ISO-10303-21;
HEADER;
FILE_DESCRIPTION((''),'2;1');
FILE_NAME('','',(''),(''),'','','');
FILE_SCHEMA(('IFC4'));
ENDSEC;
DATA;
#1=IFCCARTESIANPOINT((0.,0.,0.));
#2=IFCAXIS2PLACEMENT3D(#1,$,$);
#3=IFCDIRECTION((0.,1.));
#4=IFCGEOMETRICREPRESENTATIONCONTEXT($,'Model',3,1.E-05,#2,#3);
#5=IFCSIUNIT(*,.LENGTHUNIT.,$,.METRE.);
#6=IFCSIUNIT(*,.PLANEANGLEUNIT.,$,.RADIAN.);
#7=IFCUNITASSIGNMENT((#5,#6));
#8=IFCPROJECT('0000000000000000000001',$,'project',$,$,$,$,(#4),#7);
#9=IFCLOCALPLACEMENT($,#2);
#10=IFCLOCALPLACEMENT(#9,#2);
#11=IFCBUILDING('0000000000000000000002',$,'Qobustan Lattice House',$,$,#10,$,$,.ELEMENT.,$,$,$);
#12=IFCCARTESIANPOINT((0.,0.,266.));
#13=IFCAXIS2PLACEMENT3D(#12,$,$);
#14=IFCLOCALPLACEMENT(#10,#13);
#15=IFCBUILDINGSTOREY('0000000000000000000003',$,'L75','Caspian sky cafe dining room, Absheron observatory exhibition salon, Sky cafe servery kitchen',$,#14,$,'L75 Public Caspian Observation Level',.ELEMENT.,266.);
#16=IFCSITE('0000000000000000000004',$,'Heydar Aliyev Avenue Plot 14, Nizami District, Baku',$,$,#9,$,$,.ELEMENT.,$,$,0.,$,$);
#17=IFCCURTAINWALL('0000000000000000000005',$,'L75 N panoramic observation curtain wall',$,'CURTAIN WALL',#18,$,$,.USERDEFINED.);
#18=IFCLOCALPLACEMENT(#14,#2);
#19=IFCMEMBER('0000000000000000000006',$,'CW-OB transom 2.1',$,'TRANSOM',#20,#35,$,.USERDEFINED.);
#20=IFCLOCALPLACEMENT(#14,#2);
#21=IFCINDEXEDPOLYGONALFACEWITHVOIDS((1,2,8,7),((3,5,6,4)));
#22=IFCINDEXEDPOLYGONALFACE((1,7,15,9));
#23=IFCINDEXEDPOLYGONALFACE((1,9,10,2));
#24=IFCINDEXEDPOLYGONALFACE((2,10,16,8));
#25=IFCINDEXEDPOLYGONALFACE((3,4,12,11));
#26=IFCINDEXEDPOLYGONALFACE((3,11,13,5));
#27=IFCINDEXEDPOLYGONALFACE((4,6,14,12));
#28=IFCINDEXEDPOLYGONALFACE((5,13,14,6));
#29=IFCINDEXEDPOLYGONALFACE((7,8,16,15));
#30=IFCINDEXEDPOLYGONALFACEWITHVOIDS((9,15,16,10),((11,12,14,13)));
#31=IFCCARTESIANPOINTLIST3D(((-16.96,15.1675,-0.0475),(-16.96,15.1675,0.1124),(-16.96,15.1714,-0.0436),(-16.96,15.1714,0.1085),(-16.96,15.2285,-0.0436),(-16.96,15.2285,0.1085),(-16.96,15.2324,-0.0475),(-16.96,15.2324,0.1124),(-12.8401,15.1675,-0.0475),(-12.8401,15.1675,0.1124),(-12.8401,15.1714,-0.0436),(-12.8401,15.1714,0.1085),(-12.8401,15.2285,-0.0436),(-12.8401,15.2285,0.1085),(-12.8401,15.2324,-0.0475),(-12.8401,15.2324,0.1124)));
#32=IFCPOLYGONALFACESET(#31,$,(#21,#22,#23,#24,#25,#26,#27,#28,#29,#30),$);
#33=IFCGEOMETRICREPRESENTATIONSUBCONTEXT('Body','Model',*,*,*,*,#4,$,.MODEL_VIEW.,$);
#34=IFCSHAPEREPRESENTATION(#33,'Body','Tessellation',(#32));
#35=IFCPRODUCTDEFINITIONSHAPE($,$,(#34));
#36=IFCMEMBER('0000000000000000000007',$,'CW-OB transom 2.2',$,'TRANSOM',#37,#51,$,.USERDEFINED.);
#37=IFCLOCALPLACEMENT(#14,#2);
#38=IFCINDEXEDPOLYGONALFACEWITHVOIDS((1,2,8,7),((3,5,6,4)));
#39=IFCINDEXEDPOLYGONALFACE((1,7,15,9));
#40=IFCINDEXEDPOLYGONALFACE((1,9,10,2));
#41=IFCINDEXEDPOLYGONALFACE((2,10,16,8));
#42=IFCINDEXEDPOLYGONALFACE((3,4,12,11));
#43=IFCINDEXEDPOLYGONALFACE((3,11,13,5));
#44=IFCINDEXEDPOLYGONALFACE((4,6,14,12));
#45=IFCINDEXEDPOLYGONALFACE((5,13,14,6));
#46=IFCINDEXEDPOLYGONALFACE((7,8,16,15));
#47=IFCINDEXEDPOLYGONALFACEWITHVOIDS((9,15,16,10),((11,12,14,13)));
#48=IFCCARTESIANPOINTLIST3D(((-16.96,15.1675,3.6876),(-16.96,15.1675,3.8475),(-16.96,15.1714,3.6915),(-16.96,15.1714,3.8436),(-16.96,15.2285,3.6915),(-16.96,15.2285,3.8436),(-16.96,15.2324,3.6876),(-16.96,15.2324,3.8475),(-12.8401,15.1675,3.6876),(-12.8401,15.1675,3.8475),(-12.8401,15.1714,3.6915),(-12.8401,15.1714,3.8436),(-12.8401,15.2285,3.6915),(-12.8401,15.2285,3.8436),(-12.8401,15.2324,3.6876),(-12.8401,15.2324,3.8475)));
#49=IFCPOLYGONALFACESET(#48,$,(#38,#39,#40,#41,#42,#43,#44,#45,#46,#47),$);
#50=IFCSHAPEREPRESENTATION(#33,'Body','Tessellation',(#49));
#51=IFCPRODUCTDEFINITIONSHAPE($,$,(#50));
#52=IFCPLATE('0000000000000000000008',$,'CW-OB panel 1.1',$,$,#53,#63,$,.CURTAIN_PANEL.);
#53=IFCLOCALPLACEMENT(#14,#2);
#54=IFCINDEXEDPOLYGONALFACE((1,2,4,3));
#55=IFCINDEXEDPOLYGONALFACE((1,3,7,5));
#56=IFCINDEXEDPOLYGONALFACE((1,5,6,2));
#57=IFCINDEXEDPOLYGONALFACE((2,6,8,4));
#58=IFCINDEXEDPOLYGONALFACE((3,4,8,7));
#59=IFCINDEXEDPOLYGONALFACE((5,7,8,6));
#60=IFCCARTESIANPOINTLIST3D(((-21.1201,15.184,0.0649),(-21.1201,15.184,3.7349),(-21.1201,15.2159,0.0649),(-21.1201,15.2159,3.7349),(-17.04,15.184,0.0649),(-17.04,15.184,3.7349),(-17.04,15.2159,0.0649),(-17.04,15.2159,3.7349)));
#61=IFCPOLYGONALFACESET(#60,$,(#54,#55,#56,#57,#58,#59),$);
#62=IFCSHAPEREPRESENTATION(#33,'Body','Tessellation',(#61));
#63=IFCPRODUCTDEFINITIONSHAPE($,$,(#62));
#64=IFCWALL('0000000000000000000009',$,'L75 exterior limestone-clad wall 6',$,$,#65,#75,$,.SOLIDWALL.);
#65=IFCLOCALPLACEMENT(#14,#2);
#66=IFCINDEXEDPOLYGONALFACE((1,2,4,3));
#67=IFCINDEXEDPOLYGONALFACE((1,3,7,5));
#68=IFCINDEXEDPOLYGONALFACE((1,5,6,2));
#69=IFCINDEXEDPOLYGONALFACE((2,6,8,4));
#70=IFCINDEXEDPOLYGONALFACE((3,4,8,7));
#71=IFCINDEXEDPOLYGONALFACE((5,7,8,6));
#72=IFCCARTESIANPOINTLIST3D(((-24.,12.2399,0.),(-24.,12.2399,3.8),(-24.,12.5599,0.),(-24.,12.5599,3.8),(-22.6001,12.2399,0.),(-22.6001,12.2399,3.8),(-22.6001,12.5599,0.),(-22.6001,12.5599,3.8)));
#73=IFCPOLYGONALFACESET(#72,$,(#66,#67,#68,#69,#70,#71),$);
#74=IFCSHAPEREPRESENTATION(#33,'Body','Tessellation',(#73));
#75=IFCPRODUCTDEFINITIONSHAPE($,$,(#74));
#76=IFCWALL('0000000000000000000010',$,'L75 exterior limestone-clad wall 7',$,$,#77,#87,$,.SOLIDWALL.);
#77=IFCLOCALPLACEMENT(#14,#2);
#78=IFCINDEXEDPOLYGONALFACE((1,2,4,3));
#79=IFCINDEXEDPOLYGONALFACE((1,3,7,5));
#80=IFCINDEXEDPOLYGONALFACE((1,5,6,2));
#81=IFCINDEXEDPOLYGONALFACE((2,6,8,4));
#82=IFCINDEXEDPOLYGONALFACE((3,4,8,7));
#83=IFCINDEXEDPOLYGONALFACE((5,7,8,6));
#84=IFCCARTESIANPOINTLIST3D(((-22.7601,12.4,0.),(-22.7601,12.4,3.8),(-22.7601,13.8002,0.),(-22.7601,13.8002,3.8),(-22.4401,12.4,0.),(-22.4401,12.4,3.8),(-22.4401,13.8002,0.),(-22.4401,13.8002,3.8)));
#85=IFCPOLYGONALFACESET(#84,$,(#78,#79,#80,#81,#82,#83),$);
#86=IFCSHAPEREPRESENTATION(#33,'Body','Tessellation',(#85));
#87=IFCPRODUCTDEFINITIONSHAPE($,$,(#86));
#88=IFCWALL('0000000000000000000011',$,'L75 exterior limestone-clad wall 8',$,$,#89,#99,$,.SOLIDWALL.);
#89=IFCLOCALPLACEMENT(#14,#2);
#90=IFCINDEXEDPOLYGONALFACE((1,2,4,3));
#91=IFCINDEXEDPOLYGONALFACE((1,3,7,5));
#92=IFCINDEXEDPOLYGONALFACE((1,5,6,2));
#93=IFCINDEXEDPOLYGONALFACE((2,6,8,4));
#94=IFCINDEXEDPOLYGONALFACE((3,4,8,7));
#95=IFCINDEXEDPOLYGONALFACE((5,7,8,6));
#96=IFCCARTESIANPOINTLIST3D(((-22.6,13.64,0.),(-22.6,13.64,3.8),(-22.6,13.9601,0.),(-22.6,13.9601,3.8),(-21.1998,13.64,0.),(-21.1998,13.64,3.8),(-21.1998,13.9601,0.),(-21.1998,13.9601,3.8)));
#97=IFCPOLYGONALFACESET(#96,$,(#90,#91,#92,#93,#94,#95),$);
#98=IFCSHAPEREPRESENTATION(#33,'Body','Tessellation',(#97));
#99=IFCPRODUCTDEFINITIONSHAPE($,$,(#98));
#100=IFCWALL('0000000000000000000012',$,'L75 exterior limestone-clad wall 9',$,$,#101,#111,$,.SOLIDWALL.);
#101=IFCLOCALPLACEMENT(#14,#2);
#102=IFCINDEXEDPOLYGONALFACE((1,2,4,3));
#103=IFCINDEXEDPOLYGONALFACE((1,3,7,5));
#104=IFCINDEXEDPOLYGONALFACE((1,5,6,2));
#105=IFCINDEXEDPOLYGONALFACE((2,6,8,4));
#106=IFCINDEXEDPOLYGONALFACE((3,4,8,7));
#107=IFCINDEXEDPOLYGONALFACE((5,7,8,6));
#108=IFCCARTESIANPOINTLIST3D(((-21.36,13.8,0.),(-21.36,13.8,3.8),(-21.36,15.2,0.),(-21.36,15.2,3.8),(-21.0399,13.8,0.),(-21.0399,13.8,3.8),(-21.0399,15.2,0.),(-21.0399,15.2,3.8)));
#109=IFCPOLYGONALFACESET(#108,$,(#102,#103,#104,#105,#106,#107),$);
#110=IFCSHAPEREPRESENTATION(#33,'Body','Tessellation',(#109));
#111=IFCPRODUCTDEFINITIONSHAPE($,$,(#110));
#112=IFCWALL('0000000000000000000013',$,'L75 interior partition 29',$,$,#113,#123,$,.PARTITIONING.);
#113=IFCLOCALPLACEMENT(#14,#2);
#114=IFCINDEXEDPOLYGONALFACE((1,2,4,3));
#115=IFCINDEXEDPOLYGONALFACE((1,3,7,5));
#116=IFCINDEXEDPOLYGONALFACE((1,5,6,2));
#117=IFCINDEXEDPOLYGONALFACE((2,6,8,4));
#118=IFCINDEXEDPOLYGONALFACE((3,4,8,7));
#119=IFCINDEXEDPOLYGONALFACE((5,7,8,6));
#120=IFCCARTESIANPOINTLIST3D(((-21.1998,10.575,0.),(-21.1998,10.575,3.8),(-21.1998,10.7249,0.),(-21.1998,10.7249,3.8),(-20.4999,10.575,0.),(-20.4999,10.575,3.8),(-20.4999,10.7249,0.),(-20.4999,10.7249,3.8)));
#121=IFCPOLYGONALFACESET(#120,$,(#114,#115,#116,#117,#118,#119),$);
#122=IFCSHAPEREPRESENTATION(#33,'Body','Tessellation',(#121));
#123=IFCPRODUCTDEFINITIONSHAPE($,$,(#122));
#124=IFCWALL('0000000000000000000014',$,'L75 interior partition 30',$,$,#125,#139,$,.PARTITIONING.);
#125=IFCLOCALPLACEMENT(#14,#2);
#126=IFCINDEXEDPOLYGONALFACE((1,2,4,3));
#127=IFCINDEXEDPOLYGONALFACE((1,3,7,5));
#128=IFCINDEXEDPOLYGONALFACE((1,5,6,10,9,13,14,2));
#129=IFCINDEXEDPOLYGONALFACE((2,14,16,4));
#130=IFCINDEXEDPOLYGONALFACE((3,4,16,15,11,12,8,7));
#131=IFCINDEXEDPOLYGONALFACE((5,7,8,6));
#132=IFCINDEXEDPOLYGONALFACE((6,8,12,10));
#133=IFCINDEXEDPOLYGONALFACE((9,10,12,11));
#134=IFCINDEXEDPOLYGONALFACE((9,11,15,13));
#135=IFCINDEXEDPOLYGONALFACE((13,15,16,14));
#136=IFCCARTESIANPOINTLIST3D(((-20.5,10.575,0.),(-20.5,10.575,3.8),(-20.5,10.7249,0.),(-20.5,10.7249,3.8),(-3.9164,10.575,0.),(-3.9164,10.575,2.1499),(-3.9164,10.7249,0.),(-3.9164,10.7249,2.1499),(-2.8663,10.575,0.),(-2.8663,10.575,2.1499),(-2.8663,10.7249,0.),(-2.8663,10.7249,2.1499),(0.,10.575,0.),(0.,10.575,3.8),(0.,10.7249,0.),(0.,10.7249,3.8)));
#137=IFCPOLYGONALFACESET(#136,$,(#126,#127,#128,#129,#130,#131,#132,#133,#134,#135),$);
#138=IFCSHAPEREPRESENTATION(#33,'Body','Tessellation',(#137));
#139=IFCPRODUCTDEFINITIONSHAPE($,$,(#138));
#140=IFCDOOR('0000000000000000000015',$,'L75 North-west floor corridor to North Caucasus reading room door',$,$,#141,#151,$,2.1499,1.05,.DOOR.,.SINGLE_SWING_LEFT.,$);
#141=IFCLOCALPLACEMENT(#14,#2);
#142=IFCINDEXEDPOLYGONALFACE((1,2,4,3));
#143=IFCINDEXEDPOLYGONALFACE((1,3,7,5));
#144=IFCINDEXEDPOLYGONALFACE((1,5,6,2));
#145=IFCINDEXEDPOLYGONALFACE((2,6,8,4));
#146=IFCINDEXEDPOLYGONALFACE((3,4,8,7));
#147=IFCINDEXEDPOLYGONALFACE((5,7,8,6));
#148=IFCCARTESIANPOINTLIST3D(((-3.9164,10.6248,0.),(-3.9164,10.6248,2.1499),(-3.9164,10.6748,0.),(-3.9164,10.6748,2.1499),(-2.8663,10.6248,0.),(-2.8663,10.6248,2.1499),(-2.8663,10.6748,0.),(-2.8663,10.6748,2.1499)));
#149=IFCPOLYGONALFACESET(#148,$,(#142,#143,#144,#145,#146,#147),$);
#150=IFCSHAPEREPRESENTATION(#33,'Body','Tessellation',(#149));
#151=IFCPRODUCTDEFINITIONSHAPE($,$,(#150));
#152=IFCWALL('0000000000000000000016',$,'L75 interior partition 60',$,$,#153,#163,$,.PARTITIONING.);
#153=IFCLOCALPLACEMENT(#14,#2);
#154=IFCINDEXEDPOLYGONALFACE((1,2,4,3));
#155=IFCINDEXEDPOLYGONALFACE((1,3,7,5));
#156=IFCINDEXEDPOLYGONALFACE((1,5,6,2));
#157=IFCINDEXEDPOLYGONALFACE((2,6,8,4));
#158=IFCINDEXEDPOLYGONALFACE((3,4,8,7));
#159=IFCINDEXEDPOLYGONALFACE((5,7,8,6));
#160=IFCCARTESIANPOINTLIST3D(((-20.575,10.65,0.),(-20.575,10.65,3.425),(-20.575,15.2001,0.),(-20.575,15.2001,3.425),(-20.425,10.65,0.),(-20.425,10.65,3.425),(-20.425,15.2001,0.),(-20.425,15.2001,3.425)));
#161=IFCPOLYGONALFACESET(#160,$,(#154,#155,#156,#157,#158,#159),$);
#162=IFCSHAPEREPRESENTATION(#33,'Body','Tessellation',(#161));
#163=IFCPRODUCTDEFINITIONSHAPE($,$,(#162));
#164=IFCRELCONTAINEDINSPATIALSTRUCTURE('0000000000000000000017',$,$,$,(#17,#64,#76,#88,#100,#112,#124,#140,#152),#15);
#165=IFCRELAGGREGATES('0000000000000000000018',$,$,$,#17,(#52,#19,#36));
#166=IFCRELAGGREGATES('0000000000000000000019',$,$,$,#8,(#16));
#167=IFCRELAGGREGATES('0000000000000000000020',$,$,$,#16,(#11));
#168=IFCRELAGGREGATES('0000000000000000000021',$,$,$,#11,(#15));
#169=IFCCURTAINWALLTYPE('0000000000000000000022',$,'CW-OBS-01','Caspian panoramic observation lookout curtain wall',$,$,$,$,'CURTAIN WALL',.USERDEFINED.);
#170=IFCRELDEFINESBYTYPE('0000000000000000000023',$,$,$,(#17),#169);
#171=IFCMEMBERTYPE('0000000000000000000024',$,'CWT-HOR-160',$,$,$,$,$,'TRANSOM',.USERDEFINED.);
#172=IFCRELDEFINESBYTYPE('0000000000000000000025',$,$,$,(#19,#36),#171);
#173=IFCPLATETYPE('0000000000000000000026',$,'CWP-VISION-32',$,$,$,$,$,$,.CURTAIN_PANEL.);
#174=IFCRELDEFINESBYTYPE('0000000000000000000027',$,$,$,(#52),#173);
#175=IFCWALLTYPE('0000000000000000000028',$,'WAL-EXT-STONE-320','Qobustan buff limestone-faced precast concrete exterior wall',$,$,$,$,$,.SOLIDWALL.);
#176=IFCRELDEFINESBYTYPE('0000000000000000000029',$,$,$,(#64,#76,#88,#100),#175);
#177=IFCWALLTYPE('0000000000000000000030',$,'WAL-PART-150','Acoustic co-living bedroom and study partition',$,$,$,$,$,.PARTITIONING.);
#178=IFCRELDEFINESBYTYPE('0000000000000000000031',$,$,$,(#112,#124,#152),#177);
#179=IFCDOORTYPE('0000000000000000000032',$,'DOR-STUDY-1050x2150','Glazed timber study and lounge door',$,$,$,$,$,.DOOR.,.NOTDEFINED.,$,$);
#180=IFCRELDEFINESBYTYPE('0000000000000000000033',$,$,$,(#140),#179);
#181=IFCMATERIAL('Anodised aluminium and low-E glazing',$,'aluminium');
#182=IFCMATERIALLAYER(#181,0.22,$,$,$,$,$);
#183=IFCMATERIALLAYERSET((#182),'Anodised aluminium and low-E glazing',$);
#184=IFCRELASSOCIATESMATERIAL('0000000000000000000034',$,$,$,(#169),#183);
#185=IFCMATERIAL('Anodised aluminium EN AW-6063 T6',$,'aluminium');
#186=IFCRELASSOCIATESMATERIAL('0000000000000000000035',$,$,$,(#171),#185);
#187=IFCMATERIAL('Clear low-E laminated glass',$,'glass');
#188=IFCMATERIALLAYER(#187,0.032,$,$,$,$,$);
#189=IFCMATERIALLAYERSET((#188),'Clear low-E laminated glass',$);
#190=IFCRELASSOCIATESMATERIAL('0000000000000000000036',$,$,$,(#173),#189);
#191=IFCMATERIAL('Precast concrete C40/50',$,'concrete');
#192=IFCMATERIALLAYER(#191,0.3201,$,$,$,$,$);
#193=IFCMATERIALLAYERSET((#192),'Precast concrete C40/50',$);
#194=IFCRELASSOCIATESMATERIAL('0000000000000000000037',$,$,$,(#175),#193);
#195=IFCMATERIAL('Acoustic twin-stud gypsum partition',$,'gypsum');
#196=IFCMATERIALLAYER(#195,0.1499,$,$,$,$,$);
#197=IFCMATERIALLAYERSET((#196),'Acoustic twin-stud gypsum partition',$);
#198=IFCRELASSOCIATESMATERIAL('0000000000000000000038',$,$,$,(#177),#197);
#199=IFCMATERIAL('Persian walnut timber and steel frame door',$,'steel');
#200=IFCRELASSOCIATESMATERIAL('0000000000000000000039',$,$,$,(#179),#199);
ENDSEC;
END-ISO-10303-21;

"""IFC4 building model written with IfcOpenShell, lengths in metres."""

from ifc_helpers import new_model, si_unit, direction, frame, frame_2d, origin, origin_2d, place, context, subcontext, project, spatial, rectangle, hollow_rectangle, extrude, material, layer, layer_set, material_profile, profile_set, type_object, element, fill, aggregate, save


model = new_model("IFC4")

# Units and contexts
model_context = context("Model", 3, precision=1e-05, world=origin(), true_north=direction((0.0, 1.0)))
body_context = subcontext(model_context, "Body", "Model", "MODEL_VIEW")
ifc_project = project(units=[si_unit("LENGTHUNIT", "METRE"), si_unit("PLANEANGLEUNIT", "RADIAN")], contexts=[model_context])

# Site, building, storey
site_placement = place(None, origin())
site = spatial("IfcSite", under=ifc_project, at=site_placement, Name="Heydar Aliyev Avenue Plot 14, Nizami District, Baku", CompositionType="ELEMENT", RefElevation=0.0)
building_placement = place(site_placement, origin())
building = spatial("IfcBuilding", under=site, at=building_placement, Name="Qobustan Lattice House", CompositionType="ELEMENT")
storey_placement = place(building_placement, frame((0.0, 0.0, 266.0)))
storey = spatial("IfcBuildingStorey", under=building, at=storey_placement, Name="L75", Description="Caspian sky cafe dining room, Absheron observatory exhibition salon, Sky cafe servery kitchen", LongName="L75 Public Caspian Observation Level", CompositionType="ELEMENT", Elevation=266.0)

# Shared definitions
ifc_material_1 = material(Name="Anodised aluminium and low-E glazing", Category="aluminium")
ifc_layer_1 = layer(ifc_material_1, 0.22)
ifc_layer_set_1 = layer_set([ifc_layer_1], Name="Anodised aluminium and low-E glazing")
curtain_wall_type = type_object("IfcCurtainWallType", Name="CW-OBS-01", Description="Caspian panoramic observation lookout curtain wall", ElementType="CURTAIN WALL", PredefinedType="USERDEFINED", material=ifc_layer_set_1)

# Curtain wall, members, plate
curtain_wall_1_placement = place(storey_placement, origin())
curtain_wall_1 = element("IfcCurtainWall", 1, at=curtain_wall_1_placement, inside=storey, type_object=curtain_wall_type, Name="L75 N panoramic observation curtain wall", ObjectType="CURTAIN WALL", PredefinedType="USERDEFINED")
ifc_material_2 = material(Name="Anodised aluminium EN AW-6063 T6", Category="aluminium")
ifc_material_profile_1 = material_profile(ifc_material_2, hollow_rectangle(XDim=0.0649, YDim=0.1599, WallThickness=0.0039, at=origin_2d()), Name="CWT-160x65")
ifc_profile_set_1 = profile_set([ifc_material_profile_1], Name="Anodised aluminium EN AW-6063 T6")
member_type_1 = type_object("IfcMemberType", Name="CWT-HOR-160", ElementType="TRANSOM", PredefinedType="USERDEFINED", material=ifc_profile_set_1)
member_1_placement = place(storey_placement, frame((-16.96, 15.2, 0.0325), z_axis=(1.0, 0.0, 0.0), x_axis=(0.0, 1.0, 0.0)))
member_1 = element("IfcMember", 2, at=member_1_placement, type_object=member_type_1, Name="CW-OB transom 2.1", ObjectType="TRANSOM", PredefinedType="USERDEFINED", context=body_context, shape_type="SweptSolid", body=[
    extrude(hollow_rectangle(XDim=0.0649, YDim=0.1599, WallThickness=0.0039, at=origin_2d()), origin(), (0.0, 0.0, 1.0), 4.1199),
])
member_2_placement = place(storey_placement, frame((-16.96, 15.2, 3.7676), z_axis=(1.0, 0.0, 0.0), x_axis=(0.0, 1.0, 0.0)))
member_2 = element("IfcMember", 3, at=member_2_placement, type_object=member_type_1, Name="CW-OB transom 2.2", ObjectType="TRANSOM", PredefinedType="USERDEFINED", context=body_context, shape_type="SweptSolid", body=[
    extrude(hollow_rectangle(XDim=0.0649, YDim=0.1599, WallThickness=0.0039, at=origin_2d()), origin(), (0.0, 0.0, 1.0), 4.1199),
])
ifc_material_3 = material(Name="Clear low-E laminated glass", Category="glass")
ifc_layer_2 = layer(ifc_material_3, 0.032)
ifc_layer_set_2 = layer_set([ifc_layer_2], Name="Clear low-E laminated glass")
plate_type = type_object("IfcPlateType", Name="CWP-VISION-32", PredefinedType="CURTAIN_PANEL", material=ifc_layer_set_2)
plate_placement = place(storey_placement, frame((-19.0801, 15.2, 0.0649), z_axis=(0.0, 0.0, 1.0), x_axis=(1.0, 0.0, 0.0)))
plate = element("IfcPlate", 4, at=plate_placement, type_object=plate_type, Name="CW-OB panel 1.1", PredefinedType="CURTAIN_PANEL", context=body_context, shape_type="SweptSolid", body=[
    extrude(rectangle(XDim=4.0801, YDim=0.032, at=origin_2d()), origin(), (0.0, 0.0, 1.0), 3.6699),
])
aggregate(curtain_wall_1, [plate, member_1, member_2])

# Walls
ifc_material_4 = material(Name="Precast concrete C40/50", Category="concrete")
ifc_layer_3 = layer(ifc_material_4, 0.3201)
ifc_layer_set_3 = layer_set([ifc_layer_3], Name="Precast concrete C40/50")
wall_type_1 = type_object("IfcWallType", Name="WAL-EXT-STONE-320", Description="Qobustan buff limestone-faced precast concrete exterior wall", PredefinedType="SOLIDWALL", material=ifc_layer_set_3)
wall_1_placement = place(storey_placement, frame((-24.0, 12.3999, 0.0), z_axis=(0.0, 0.0, 1.0), x_axis=(1.0, 0.0, 0.0)))
element("IfcWall", 5, at=wall_1_placement, inside=storey, type_object=wall_type_1, Name="L75 exterior limestone-clad wall 6", PredefinedType="SOLIDWALL", context=body_context, shape_type="SweptSolid", body=[
    extrude(rectangle(XDim=1.3999, YDim=0.3201, at=frame_2d((0.7, 0.0))), origin(), (0.0, 0.0, 1.0), 3.8),
])
for number, where, z_axis, x_axis, name in (
    (6, (-22.6001, 12.3999, 0.0), (0.0, 0.0, 1.0), (0.0, 1.0, 0.0), "L75 exterior limestone-clad wall 7"),
    (7, (-22.6001, 13.8, 0.0), (0.0, 0.0, 1.0), (1.0, 0.0, 0.0), "L75 exterior limestone-clad wall 8"),
):
    element("IfcWall", number, at=place(storey_placement, frame(where, z_axis=z_axis, x_axis=x_axis)), inside=storey, type_object=wall_type_1, Name=name, PredefinedType="SOLIDWALL", context=body_context, shape_type="SweptSolid", body=[
        extrude(rectangle(XDim=1.4001, YDim=0.3201, at=frame_2d((0.7002, 0.0))), origin(), (0.0, 0.0, 1.0), 3.8),
    ])
wall_2_placement = place(storey_placement, frame((-21.2, 13.8, 0.0), z_axis=(0.0, 0.0, 1.0), x_axis=(0.0, 1.0, 0.0)))
element("IfcWall", 8, at=wall_2_placement, inside=storey, type_object=wall_type_1, Name="L75 exterior limestone-clad wall 9", PredefinedType="SOLIDWALL", context=body_context, shape_type="SweptSolid", body=[
    extrude(rectangle(XDim=1.3999, YDim=0.3201, at=frame_2d((0.7, 0.0))), origin(), (0.0, 0.0, 1.0), 3.8),
])
ifc_material_5 = material(Name="Acoustic twin-stud gypsum partition", Category="gypsum")
ifc_layer_4 = layer(ifc_material_5, 0.1499)
ifc_layer_set_4 = layer_set([ifc_layer_4], Name="Acoustic twin-stud gypsum partition")
wall_type_2 = type_object("IfcWallType", Name="WAL-PART-150", Description="Acoustic co-living bedroom and study partition", PredefinedType="PARTITIONING", material=ifc_layer_set_4)
wall_3_placement = place(storey_placement, frame((-21.2, 10.6499, 0.0), z_axis=(0.0, 0.0, 1.0), x_axis=(1.0, 0.0, 0.0)))
element("IfcWall", 9, at=wall_3_placement, inside=storey, type_object=wall_type_2, Name="L75 interior partition 29", PredefinedType="PARTITIONING", context=body_context, shape_type="SweptSolid", body=[
    extrude(rectangle(XDim=0.7, YDim=0.1499, at=frame_2d((0.3501, 0.0))), origin(), (0.0, 0.0, 1.0), 3.8),
])

# Wall, opening, door
wall_4_placement = place(storey_placement, frame((-20.5, 10.6499, 0.0), z_axis=(0.0, 0.0, 1.0), x_axis=(1.0, 0.0, 0.0)))
wall_4 = element("IfcWall", 10, at=wall_4_placement, inside=storey, type_object=wall_type_2, Name="L75 interior partition 30", PredefinedType="PARTITIONING", context=body_context, shape_type="SweptSolid", body=[
    extrude(rectangle(XDim=20.5, YDim=0.1499, at=frame_2d((10.25, 0.0))), origin(), (0.0, 0.0, 1.0), 3.8),
])
opening_placement = place(wall_4_placement, frame((16.5837, 0.0, 0.0)))
opening = element("IfcOpeningElement", 11, at=opening_placement, cuts=wall_4, PredefinedType="OPENING", context=body_context, shape_type="SweptSolid", body=[
    extrude(rectangle(XDim=1.05, YDim=2.1499, at=frame_2d((0.5249, 1.075))), frame((0.0, 0.085, 0.0), z_axis=(0.0, -1.0, 0.0), x_axis=(1.0, 0.0, 0.0)), (0.0, 0.0, 1.0), 0.1699),
])
ifc_material_6 = material(Name="Persian walnut timber and steel frame door", Category="steel")
door_type = type_object("IfcDoorType", Name="DOR-STUDY-1050x2150", Description="Glazed timber study and lounge door", OperationType="NOTDEFINED", PredefinedType="DOOR", material=ifc_material_6)
door_placement = place(opening_placement, origin())
door = element("IfcDoor", 12, at=door_placement, inside=storey, type_object=door_type, Name="L75 North-west floor corridor to North Caucasus reading room door", OperationType="SINGLE_SWING_LEFT", OverallHeight=2.1499, OverallWidth=1.05, PredefinedType="DOOR", context=body_context, shape_type="SweptSolid", body=[
    extrude(rectangle(XDim=1.05, YDim=2.1499, at=frame_2d((0.5249, 1.075))), frame((0.0, 0.0249, 0.0), z_axis=(0.0, -1.0, 0.0), x_axis=(1.0, 0.0, 0.0)), (0.0, 0.0, 1.0), 0.05),
])
fill(opening, door)

# Wall
wall_5_placement = place(storey_placement, frame((-20.5, 15.2, 0.0), z_axis=(0.0, 0.0, 1.0), x_axis=(0.0, -1.0, 0.0)))
element("IfcWall", 13, at=wall_5_placement, inside=storey, type_object=wall_type_2, Name="L75 interior partition 60", PredefinedType="PARTITIONING", context=body_context, shape_type="SweptSolid", body=[
    extrude(rectangle(XDim=4.55, YDim=0.1499, at=frame_2d((2.2749, 0.0))), origin(), (0.0, 0.0, 1.0), 3.425),
])

save(model, "model.ifc")
